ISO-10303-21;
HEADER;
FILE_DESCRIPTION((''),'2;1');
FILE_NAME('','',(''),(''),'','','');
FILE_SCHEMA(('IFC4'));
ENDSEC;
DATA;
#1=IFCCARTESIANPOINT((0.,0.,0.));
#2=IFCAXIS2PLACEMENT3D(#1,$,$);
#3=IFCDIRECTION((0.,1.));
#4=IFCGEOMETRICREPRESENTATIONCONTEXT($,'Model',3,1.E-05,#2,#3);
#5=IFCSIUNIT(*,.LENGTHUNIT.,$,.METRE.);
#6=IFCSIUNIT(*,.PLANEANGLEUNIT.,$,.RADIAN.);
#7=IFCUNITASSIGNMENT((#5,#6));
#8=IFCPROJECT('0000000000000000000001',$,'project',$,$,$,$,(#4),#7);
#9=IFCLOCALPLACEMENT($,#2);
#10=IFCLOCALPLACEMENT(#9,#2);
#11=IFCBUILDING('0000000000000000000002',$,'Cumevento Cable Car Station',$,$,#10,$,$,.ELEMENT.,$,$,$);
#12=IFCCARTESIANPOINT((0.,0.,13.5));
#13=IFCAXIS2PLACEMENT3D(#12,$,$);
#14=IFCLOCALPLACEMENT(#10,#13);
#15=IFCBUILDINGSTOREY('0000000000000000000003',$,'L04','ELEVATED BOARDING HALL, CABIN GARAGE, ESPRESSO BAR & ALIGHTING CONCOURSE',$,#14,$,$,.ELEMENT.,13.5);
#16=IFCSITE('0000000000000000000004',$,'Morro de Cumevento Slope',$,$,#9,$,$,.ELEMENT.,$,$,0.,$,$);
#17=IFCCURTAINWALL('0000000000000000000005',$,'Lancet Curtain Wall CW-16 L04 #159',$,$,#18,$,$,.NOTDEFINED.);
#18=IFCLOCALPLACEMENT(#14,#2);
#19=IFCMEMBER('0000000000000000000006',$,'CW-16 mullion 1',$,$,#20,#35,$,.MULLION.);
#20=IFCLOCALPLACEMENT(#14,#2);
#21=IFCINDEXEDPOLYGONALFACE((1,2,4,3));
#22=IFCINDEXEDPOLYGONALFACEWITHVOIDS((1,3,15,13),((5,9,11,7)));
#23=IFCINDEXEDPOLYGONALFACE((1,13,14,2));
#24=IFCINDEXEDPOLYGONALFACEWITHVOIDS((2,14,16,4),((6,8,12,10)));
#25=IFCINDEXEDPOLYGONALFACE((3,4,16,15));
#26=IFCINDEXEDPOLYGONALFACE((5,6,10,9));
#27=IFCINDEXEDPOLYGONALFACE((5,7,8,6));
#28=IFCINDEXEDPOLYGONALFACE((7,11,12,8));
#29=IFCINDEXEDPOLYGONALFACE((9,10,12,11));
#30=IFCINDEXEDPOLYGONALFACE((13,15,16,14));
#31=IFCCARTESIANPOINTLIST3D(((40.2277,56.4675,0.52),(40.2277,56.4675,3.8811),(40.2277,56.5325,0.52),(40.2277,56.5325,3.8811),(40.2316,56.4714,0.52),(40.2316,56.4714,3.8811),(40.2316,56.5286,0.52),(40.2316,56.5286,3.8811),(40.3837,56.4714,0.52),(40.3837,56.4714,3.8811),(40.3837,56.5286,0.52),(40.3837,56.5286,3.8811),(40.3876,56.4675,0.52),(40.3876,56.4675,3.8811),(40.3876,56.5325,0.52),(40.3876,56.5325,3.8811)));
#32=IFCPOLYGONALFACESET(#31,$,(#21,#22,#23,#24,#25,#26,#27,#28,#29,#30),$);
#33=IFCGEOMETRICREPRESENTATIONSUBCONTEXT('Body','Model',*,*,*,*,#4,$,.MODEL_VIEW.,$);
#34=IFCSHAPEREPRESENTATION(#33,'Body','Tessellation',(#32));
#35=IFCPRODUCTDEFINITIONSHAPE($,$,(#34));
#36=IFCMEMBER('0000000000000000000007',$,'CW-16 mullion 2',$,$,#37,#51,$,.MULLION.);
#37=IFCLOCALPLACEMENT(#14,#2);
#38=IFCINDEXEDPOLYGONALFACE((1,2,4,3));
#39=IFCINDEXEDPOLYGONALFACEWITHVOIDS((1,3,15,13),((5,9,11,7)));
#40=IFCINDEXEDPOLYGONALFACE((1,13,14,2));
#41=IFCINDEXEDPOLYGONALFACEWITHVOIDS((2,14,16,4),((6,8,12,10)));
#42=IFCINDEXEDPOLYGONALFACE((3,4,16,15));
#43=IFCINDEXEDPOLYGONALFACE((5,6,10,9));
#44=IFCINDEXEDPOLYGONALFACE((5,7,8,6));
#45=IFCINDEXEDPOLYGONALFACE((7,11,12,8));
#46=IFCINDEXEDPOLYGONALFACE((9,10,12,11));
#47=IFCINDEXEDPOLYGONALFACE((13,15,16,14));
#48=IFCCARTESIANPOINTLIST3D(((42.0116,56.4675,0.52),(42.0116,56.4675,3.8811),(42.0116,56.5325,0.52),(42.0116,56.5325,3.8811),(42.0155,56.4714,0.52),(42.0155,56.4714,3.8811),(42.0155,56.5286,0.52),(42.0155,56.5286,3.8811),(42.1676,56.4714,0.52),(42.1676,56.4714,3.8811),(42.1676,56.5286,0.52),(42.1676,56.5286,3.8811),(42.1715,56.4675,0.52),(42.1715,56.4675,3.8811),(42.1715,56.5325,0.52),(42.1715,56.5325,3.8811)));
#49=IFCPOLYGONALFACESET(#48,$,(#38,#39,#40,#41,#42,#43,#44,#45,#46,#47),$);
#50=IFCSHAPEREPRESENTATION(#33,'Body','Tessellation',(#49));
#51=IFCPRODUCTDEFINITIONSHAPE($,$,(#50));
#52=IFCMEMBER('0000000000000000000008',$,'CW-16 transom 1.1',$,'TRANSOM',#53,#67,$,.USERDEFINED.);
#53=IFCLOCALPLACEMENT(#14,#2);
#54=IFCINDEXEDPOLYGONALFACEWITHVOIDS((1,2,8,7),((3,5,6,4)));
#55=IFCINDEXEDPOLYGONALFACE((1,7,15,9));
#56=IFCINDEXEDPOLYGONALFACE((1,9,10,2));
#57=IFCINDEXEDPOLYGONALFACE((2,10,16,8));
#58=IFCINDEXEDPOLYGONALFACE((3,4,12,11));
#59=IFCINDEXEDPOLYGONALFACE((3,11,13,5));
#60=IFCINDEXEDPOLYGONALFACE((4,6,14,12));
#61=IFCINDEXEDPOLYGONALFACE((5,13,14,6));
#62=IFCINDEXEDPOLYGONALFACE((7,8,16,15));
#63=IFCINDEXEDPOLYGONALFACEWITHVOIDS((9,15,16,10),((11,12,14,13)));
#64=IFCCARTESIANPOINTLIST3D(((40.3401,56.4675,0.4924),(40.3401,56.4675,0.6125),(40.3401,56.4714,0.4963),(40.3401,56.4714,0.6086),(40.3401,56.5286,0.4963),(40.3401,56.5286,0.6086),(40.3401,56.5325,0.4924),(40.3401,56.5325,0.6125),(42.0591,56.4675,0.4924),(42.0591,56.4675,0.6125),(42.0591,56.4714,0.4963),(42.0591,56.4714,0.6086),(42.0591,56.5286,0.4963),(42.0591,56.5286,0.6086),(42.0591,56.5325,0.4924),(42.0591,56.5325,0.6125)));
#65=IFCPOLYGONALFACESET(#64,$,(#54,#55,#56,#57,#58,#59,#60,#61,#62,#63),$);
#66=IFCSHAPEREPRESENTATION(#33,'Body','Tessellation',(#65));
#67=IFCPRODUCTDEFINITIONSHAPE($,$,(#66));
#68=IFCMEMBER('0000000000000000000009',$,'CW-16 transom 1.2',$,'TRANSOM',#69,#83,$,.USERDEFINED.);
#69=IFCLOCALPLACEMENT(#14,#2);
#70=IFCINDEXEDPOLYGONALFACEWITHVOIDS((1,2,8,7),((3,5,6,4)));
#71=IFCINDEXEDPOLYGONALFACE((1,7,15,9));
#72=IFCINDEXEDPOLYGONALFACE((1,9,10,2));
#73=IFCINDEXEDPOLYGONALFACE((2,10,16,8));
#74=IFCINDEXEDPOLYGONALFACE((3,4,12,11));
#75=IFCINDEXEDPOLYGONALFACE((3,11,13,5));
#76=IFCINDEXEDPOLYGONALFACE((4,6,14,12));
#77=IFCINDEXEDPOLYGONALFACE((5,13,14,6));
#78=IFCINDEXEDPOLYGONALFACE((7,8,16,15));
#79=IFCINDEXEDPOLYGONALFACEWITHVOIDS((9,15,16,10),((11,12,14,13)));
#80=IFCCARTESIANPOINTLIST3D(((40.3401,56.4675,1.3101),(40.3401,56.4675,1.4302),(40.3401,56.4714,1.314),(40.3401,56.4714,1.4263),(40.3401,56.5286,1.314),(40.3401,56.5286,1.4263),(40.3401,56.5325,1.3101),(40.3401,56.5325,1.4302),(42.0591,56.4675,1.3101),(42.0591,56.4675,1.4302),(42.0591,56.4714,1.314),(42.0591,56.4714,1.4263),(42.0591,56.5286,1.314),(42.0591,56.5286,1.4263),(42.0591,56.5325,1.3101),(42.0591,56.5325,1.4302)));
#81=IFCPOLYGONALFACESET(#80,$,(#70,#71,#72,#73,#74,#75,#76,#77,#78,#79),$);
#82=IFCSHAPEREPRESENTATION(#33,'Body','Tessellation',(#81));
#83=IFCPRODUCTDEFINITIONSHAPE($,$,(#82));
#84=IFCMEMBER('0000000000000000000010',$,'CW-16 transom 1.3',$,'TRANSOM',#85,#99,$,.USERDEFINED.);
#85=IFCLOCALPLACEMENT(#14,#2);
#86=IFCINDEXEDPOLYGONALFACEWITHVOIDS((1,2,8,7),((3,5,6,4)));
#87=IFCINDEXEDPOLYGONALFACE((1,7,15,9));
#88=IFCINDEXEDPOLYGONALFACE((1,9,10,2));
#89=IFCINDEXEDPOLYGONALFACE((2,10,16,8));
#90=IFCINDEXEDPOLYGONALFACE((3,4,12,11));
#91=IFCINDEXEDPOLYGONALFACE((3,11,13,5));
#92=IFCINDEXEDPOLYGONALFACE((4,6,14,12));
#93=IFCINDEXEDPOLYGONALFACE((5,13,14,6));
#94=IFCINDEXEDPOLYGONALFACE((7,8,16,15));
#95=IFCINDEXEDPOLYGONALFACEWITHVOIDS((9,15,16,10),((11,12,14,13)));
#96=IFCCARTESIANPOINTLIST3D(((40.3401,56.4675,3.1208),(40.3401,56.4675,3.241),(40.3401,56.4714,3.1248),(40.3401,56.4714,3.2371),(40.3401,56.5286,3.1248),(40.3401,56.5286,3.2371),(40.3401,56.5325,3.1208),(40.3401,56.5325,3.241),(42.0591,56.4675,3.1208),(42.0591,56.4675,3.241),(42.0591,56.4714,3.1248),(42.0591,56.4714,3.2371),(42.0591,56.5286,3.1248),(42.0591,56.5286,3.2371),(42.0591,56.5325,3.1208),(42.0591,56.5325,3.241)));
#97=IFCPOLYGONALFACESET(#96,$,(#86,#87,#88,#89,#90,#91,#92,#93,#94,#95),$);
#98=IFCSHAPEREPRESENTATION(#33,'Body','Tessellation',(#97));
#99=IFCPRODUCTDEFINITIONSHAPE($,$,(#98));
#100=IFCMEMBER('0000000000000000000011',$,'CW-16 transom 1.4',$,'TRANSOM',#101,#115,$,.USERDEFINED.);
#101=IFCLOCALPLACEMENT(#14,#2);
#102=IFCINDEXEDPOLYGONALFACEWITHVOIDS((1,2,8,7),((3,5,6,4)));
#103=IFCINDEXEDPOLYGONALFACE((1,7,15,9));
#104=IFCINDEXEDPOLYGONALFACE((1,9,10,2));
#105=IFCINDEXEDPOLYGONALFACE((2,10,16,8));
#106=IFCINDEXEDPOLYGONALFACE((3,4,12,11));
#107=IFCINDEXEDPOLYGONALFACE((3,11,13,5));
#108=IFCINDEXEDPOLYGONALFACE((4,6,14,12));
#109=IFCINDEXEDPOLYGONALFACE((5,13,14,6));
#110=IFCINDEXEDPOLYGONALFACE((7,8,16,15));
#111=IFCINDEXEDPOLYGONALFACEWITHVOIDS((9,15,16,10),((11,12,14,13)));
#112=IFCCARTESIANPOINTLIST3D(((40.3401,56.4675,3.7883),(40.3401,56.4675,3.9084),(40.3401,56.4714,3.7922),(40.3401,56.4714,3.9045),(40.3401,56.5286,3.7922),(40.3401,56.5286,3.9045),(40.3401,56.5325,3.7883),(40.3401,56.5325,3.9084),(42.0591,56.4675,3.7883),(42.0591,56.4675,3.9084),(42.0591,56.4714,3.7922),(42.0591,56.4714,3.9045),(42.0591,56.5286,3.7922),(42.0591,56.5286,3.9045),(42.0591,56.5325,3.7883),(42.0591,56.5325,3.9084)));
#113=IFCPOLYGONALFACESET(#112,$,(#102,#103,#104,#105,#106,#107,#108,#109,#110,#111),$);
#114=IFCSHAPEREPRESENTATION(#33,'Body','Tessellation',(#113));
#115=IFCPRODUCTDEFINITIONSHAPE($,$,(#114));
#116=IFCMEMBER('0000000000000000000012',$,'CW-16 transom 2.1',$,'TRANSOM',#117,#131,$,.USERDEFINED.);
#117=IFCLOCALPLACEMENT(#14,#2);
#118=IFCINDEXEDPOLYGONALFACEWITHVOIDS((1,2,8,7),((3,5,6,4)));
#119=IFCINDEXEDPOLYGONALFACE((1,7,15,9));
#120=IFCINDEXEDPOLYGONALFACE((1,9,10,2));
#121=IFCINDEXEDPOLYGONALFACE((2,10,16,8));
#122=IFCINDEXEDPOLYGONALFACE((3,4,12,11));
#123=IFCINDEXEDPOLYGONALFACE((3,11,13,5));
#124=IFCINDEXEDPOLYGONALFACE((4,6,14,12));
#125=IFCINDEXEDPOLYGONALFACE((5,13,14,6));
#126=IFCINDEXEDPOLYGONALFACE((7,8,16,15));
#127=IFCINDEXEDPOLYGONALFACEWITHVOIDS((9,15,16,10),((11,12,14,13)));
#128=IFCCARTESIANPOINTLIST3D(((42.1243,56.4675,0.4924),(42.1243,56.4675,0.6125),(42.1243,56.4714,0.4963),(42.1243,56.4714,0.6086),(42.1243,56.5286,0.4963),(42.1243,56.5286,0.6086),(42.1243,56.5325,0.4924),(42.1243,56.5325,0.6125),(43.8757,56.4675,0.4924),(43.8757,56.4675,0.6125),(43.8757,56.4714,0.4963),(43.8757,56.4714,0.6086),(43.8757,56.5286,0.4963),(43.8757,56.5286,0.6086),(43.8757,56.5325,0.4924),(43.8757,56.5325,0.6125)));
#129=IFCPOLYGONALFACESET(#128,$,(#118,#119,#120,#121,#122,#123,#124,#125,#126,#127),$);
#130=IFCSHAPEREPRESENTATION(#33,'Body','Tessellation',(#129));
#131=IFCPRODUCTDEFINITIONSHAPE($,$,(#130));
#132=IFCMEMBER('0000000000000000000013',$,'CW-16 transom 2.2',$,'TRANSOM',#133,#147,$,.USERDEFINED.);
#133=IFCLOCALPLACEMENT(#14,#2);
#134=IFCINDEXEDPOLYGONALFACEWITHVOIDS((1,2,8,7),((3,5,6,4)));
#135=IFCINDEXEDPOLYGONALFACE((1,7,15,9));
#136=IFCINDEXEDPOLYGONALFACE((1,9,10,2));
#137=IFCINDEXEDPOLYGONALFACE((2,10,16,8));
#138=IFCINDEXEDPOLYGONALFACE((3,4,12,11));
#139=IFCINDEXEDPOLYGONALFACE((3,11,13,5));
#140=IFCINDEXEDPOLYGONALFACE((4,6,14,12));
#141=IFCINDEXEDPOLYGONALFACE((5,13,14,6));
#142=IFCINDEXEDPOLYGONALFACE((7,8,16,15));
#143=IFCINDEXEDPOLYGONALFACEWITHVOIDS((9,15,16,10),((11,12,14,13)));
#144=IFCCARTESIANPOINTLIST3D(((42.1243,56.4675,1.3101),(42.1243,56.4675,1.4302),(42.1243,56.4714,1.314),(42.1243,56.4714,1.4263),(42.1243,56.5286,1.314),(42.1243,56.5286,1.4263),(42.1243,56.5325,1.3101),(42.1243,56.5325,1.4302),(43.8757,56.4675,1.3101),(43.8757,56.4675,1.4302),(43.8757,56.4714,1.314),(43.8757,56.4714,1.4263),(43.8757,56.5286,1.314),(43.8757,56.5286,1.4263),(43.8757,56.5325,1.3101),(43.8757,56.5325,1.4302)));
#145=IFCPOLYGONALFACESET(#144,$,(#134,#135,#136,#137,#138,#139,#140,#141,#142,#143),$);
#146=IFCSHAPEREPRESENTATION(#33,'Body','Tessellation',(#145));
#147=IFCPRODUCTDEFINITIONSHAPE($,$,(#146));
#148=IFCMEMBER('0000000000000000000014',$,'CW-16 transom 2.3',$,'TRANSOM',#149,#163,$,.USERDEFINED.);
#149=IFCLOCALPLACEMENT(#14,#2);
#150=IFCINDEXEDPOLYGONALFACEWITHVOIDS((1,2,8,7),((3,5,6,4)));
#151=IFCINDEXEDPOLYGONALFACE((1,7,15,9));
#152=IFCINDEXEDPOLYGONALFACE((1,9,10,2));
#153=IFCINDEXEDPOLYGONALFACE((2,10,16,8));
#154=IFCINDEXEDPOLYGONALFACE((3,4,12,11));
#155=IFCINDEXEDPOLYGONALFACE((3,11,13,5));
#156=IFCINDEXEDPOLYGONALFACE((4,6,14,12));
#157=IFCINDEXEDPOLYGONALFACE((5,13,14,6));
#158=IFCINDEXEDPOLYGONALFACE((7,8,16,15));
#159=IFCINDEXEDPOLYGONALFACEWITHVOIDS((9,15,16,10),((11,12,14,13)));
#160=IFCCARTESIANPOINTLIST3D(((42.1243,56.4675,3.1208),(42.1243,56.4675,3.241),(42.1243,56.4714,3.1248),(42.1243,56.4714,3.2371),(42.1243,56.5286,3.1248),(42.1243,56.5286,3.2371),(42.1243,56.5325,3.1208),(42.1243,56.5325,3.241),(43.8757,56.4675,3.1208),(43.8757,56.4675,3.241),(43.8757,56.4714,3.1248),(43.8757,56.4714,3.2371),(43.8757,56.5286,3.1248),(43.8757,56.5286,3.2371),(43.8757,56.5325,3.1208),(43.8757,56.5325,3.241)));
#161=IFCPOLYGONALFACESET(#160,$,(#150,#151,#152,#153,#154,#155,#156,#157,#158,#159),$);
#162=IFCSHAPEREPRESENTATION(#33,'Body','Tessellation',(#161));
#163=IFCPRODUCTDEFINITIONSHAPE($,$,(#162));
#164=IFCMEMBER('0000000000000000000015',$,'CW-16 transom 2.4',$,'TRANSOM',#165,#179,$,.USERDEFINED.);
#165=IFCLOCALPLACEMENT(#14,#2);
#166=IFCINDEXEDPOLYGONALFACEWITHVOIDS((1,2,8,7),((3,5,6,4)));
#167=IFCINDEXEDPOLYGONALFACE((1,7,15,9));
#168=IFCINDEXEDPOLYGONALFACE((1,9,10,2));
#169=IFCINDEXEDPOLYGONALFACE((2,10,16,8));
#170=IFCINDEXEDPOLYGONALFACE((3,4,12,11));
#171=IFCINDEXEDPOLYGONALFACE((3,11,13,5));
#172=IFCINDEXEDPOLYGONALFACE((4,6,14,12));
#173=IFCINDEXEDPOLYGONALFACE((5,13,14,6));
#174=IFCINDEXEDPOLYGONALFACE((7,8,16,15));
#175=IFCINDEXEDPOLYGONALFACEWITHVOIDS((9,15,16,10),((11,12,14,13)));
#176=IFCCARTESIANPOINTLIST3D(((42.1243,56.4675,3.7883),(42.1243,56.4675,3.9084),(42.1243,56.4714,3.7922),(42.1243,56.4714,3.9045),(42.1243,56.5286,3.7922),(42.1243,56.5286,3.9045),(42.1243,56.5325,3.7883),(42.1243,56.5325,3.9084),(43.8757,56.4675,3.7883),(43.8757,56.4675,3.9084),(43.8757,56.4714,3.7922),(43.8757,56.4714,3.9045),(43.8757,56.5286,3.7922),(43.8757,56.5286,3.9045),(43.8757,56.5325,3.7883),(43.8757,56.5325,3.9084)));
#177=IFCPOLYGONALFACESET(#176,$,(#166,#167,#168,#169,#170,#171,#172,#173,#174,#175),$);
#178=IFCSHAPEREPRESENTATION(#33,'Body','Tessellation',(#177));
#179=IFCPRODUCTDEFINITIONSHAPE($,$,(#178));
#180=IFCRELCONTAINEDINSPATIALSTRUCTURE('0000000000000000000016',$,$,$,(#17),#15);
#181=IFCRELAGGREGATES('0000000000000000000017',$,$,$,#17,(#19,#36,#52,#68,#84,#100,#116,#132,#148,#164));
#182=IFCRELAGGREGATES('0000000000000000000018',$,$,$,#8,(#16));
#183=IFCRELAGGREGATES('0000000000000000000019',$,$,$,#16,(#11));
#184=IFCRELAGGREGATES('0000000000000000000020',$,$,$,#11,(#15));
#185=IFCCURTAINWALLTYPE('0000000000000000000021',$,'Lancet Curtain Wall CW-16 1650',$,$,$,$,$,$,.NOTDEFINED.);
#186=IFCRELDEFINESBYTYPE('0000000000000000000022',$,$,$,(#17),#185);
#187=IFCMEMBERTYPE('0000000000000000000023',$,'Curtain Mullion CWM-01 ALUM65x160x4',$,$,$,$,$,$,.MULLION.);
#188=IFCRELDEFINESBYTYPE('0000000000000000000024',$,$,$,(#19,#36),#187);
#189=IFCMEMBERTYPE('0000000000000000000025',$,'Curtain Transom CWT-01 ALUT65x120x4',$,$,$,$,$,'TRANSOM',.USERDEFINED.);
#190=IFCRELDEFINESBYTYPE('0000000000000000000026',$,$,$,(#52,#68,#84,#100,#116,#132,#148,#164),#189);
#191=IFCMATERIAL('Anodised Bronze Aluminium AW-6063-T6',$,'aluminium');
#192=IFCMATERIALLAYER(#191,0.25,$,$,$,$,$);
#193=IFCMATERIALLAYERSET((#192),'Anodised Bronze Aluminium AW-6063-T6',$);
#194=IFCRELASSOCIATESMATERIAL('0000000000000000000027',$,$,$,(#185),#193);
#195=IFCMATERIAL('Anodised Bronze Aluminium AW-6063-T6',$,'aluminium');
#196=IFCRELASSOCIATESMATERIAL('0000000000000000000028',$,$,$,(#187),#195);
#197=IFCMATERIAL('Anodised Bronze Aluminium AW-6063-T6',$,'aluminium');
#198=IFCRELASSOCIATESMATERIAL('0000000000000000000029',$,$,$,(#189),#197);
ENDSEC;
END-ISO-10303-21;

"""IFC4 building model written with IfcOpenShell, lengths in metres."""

from ifc_helpers import new_model, si_unit, direction, frame, origin, origin_2d, place, context, subcontext, project, spatial, hollow_rectangle, extrude, material, layer, layer_set, material_profile, profile_set, type_object, element, aggregate, save


model = new_model("IFC4")

# Units and contexts
model_context = context("Model", 3, precision=1e-05, world=origin(), true_north=direction((0.0, 1.0)))
body_context = subcontext(model_context, "Body", "Model", "MODEL_VIEW")
ifc_project = project(units=[si_unit("LENGTHUNIT", "METRE"), si_unit("PLANEANGLEUNIT", "RADIAN")], contexts=[model_context])

# Site, building, storey
site_placement = place(None, origin())
site = spatial("IfcSite", under=ifc_project, at=site_placement, Name="Morro de Cumevento Slope", CompositionType="ELEMENT", RefElevation=0.0)
building_placement = place(site_placement, origin())
building = spatial("IfcBuilding", under=site, at=building_placement, Name="Cumevento Cable Car Station", CompositionType="ELEMENT")
storey_placement = place(building_placement, frame((0.0, 0.0, 13.5)))
storey = spatial("IfcBuildingStorey", under=building, at=storey_placement, Name="L04", Description="ELEVATED BOARDING HALL, CABIN GARAGE, ESPRESSO BAR & ALIGHTING CONCOURSE", CompositionType="ELEMENT", Elevation=13.5)

# Curtain wall, members
ifc_material_1 = material(Name="Anodised Bronze Aluminium AW-6063-T6", Category="aluminium")
ifc_layer_1 = layer(ifc_material_1, 0.25)
ifc_layer_set_1 = layer_set([ifc_layer_1], Name="Anodised Bronze Aluminium AW-6063-T6")
curtain_wall_type = type_object("IfcCurtainWallType", Name="Lancet Curtain Wall CW-16 1650", PredefinedType="NOTDEFINED", material=ifc_layer_set_1)
curtain_wall_placement = place(storey_placement, origin())
curtain_wall = element("IfcCurtainWall", 1, at=curtain_wall_placement, inside=storey, type_object=curtain_wall_type, Name="Lancet Curtain Wall CW-16 L04 #159", PredefinedType="NOTDEFINED")
ifc_material_2 = material(Name="Anodised Bronze Aluminium AW-6063-T6", Category="aluminium")
ifc_material_profile_1 = material_profile(ifc_material_2, hollow_rectangle(XDim=0.0649, YDim=0.1599, WallThickness=0.0039, at=origin_2d()), Name="ALUM65x160x4")
ifc_profile_set_1 = profile_set([ifc_material_profile_1], Name="Anodised Bronze Aluminium AW-6063-T6")
member_type_1 = type_object("IfcMemberType", Name="Curtain Mullion CWM-01 ALUM65x160x4", PredefinedType="MULLION", material=ifc_profile_set_1)
member_1_placement = place(storey_placement, frame((40.3076, 56.5, 0.52), z_axis=(0.0, 0.0, 1.0), x_axis=(0.0, 1.0, 0.0)))
member_1 = element("IfcMember", 2, at=member_1_placement, type_object=member_type_1, Name="CW-16 mullion 1", PredefinedType="MULLION", context=body_context, shape_type="SweptSolid", body=[
    extrude(hollow_rectangle(XDim=0.0649, YDim=0.1599, WallThickness=0.0039, at=origin_2d()), origin(), (0.0, 0.0, 1.0), 3.3611),
])
member_2_placement = place(storey_placement, frame((42.0916, 56.5, 0.52), z_axis=(0.0, 0.0, 1.0), x_axis=(0.0, 1.0, 0.0)))
member_2 = element("IfcMember", 3, at=member_2_placement, type_object=member_type_1, Name="CW-16 mullion 2", PredefinedType="MULLION", context=body_context, shape_type="SweptSolid", body=[
    extrude(hollow_rectangle(XDim=0.0649, YDim=0.1599, WallThickness=0.0039, at=origin_2d()), origin(), (0.0, 0.0, 1.0), 3.3611),
])
ifc_material_3 = material(Name="Anodised Bronze Aluminium AW-6063-T6", Category="aluminium")
ifc_material_profile_2 = material_profile(ifc_material_3, hollow_rectangle(XDim=0.0649, YDim=0.1201, WallThickness=0.0039, at=origin_2d()), Name="ALUT65x120x4")
ifc_profile_set_2 = profile_set([ifc_material_profile_2], Name="Anodised Bronze Aluminium AW-6063-T6")
member_type_2 = type_object("IfcMemberType", Name="Curtain Transom CWT-01 ALUT65x120x4", ElementType="TRANSOM", PredefinedType="USERDEFINED", material=ifc_profile_set_2)
member_3_placement = place(storey_placement, frame((40.3401, 56.5, 0.5525), z_axis=(1.0, 0.0, 0.0), x_axis=(0.0, 1.0, 0.0)))
member_3 = element("IfcMember", 4, at=member_3_placement, type_object=member_type_2, Name="CW-16 transom 1.1", ObjectType="TRANSOM", PredefinedType="USERDEFINED", context=body_context, shape_type="SweptSolid", body=[
    extrude(hollow_rectangle(XDim=0.0649, YDim=0.1201, WallThickness=0.0039, at=origin_2d()), origin(), (0.0, 0.0, 1.0), 1.719),
])
member_4_placement = place(storey_placement, frame((40.3401, 56.5, 1.3701), z_axis=(1.0, 0.0, 0.0), x_axis=(0.0, 1.0, 0.0)))
member_4 = element("IfcMember", 5, at=member_4_placement, type_object=member_type_2, Name="CW-16 transom 1.2", ObjectType="TRANSOM", PredefinedType="USERDEFINED", context=body_context, shape_type="SweptSolid", body=[
    extrude(hollow_rectangle(XDim=0.0649, YDim=0.1201, WallThickness=0.0039, at=origin_2d()), origin(), (0.0, 0.0, 1.0), 1.719),
])
member_5_placement = place(storey_placement, frame((40.3401, 56.5, 3.1809), z_axis=(1.0, 0.0, 0.0), x_axis=(0.0, 1.0, 0.0)))
member_5 = element("IfcMember", 6, at=member_5_placement, type_object=member_type_2, Name="CW-16 transom 1.3", ObjectType="TRANSOM", PredefinedType="USERDEFINED", context=body_context, shape_type="SweptSolid", body=[
    extrude(hollow_rectangle(XDim=0.0649, YDim=0.1201, WallThickness=0.0039, at=origin_2d()), origin(), (0.0, 0.0, 1.0), 1.719),
])
member_6_placement = place(storey_placement, frame((40.3401, 56.5, 3.8484), z_axis=(1.0, 0.0, 0.0), x_axis=(0.0, 1.0, 0.0)))
member_6 = element("IfcMember", 7, at=member_6_placement, type_object=member_type_2, Name="CW-16 transom 1.4", ObjectType="TRANSOM", PredefinedType="USERDEFINED", context=body_context, shape_type="SweptSolid", body=[
    extrude(hollow_rectangle(XDim=0.0649, YDim=0.1201, WallThickness=0.0039, at=origin_2d()), origin(), (0.0, 0.0, 1.0), 1.719),
])
member_7_placement = place(storey_placement, frame((42.1243, 56.5, 0.5525), z_axis=(1.0, 0.0, 0.0), x_axis=(0.0, 1.0, 0.0)))
member_7 = element("IfcMember", 8, at=member_7_placement, type_object=member_type_2, Name="CW-16 transom 2.1", ObjectType="TRANSOM", PredefinedType="USERDEFINED", context=body_context, shape_type="SweptSolid", body=[
    extrude(hollow_rectangle(XDim=0.0649, YDim=0.1201, WallThickness=0.0039, at=origin_2d()), origin(), (0.0, 0.0, 1.0), 1.7515),
])
member_8_placement = place(storey_placement, frame((42.1243, 56.5, 1.3701), z_axis=(1.0, 0.0, 0.0), x_axis=(0.0, 1.0, 0.0)))
member_8 = element("IfcMember", 9, at=member_8_placement, type_object=member_type_2, Name="CW-16 transom 2.2", ObjectType="TRANSOM", PredefinedType="USERDEFINED", context=body_context, shape_type="SweptSolid", body=[
    extrude(hollow_rectangle(XDim=0.0649, YDim=0.1201, WallThickness=0.0039, at=origin_2d()), origin(), (0.0, 0.0, 1.0), 1.7515),
])
member_9_placement = place(storey_placement, frame((42.1243, 56.5, 3.1809), z_axis=(1.0, 0.0, 0.0), x_axis=(0.0, 1.0, 0.0)))
member_9 = element("IfcMember", 10, at=member_9_placement, type_object=member_type_2, Name="CW-16 transom 2.3", ObjectType="TRANSOM", PredefinedType="USERDEFINED", context=body_context, shape_type="SweptSolid", body=[
    extrude(hollow_rectangle(XDim=0.0649, YDim=0.1201, WallThickness=0.0039, at=origin_2d()), origin(), (0.0, 0.0, 1.0), 1.7515),
])
member_10_placement = place(storey_placement, frame((42.1243, 56.5, 3.8484), z_axis=(1.0, 0.0, 0.0), x_axis=(0.0, 1.0, 0.0)))
member_10 = element("IfcMember", 11, at=member_10_placement, type_object=member_type_2, Name="CW-16 transom 2.4", ObjectType="TRANSOM", PredefinedType="USERDEFINED", context=body_context, shape_type="SweptSolid", body=[
    extrude(hollow_rectangle(XDim=0.0649, YDim=0.1201, WallThickness=0.0039, at=origin_2d()), origin(), (0.0, 0.0, 1.0), 1.7515),
])

aggregate(curtain_wall, [member_1, member_2, member_3, member_4, member_5, member_6, member_7, member_8, member_9, member_10])

save(model, "model.ifc")
